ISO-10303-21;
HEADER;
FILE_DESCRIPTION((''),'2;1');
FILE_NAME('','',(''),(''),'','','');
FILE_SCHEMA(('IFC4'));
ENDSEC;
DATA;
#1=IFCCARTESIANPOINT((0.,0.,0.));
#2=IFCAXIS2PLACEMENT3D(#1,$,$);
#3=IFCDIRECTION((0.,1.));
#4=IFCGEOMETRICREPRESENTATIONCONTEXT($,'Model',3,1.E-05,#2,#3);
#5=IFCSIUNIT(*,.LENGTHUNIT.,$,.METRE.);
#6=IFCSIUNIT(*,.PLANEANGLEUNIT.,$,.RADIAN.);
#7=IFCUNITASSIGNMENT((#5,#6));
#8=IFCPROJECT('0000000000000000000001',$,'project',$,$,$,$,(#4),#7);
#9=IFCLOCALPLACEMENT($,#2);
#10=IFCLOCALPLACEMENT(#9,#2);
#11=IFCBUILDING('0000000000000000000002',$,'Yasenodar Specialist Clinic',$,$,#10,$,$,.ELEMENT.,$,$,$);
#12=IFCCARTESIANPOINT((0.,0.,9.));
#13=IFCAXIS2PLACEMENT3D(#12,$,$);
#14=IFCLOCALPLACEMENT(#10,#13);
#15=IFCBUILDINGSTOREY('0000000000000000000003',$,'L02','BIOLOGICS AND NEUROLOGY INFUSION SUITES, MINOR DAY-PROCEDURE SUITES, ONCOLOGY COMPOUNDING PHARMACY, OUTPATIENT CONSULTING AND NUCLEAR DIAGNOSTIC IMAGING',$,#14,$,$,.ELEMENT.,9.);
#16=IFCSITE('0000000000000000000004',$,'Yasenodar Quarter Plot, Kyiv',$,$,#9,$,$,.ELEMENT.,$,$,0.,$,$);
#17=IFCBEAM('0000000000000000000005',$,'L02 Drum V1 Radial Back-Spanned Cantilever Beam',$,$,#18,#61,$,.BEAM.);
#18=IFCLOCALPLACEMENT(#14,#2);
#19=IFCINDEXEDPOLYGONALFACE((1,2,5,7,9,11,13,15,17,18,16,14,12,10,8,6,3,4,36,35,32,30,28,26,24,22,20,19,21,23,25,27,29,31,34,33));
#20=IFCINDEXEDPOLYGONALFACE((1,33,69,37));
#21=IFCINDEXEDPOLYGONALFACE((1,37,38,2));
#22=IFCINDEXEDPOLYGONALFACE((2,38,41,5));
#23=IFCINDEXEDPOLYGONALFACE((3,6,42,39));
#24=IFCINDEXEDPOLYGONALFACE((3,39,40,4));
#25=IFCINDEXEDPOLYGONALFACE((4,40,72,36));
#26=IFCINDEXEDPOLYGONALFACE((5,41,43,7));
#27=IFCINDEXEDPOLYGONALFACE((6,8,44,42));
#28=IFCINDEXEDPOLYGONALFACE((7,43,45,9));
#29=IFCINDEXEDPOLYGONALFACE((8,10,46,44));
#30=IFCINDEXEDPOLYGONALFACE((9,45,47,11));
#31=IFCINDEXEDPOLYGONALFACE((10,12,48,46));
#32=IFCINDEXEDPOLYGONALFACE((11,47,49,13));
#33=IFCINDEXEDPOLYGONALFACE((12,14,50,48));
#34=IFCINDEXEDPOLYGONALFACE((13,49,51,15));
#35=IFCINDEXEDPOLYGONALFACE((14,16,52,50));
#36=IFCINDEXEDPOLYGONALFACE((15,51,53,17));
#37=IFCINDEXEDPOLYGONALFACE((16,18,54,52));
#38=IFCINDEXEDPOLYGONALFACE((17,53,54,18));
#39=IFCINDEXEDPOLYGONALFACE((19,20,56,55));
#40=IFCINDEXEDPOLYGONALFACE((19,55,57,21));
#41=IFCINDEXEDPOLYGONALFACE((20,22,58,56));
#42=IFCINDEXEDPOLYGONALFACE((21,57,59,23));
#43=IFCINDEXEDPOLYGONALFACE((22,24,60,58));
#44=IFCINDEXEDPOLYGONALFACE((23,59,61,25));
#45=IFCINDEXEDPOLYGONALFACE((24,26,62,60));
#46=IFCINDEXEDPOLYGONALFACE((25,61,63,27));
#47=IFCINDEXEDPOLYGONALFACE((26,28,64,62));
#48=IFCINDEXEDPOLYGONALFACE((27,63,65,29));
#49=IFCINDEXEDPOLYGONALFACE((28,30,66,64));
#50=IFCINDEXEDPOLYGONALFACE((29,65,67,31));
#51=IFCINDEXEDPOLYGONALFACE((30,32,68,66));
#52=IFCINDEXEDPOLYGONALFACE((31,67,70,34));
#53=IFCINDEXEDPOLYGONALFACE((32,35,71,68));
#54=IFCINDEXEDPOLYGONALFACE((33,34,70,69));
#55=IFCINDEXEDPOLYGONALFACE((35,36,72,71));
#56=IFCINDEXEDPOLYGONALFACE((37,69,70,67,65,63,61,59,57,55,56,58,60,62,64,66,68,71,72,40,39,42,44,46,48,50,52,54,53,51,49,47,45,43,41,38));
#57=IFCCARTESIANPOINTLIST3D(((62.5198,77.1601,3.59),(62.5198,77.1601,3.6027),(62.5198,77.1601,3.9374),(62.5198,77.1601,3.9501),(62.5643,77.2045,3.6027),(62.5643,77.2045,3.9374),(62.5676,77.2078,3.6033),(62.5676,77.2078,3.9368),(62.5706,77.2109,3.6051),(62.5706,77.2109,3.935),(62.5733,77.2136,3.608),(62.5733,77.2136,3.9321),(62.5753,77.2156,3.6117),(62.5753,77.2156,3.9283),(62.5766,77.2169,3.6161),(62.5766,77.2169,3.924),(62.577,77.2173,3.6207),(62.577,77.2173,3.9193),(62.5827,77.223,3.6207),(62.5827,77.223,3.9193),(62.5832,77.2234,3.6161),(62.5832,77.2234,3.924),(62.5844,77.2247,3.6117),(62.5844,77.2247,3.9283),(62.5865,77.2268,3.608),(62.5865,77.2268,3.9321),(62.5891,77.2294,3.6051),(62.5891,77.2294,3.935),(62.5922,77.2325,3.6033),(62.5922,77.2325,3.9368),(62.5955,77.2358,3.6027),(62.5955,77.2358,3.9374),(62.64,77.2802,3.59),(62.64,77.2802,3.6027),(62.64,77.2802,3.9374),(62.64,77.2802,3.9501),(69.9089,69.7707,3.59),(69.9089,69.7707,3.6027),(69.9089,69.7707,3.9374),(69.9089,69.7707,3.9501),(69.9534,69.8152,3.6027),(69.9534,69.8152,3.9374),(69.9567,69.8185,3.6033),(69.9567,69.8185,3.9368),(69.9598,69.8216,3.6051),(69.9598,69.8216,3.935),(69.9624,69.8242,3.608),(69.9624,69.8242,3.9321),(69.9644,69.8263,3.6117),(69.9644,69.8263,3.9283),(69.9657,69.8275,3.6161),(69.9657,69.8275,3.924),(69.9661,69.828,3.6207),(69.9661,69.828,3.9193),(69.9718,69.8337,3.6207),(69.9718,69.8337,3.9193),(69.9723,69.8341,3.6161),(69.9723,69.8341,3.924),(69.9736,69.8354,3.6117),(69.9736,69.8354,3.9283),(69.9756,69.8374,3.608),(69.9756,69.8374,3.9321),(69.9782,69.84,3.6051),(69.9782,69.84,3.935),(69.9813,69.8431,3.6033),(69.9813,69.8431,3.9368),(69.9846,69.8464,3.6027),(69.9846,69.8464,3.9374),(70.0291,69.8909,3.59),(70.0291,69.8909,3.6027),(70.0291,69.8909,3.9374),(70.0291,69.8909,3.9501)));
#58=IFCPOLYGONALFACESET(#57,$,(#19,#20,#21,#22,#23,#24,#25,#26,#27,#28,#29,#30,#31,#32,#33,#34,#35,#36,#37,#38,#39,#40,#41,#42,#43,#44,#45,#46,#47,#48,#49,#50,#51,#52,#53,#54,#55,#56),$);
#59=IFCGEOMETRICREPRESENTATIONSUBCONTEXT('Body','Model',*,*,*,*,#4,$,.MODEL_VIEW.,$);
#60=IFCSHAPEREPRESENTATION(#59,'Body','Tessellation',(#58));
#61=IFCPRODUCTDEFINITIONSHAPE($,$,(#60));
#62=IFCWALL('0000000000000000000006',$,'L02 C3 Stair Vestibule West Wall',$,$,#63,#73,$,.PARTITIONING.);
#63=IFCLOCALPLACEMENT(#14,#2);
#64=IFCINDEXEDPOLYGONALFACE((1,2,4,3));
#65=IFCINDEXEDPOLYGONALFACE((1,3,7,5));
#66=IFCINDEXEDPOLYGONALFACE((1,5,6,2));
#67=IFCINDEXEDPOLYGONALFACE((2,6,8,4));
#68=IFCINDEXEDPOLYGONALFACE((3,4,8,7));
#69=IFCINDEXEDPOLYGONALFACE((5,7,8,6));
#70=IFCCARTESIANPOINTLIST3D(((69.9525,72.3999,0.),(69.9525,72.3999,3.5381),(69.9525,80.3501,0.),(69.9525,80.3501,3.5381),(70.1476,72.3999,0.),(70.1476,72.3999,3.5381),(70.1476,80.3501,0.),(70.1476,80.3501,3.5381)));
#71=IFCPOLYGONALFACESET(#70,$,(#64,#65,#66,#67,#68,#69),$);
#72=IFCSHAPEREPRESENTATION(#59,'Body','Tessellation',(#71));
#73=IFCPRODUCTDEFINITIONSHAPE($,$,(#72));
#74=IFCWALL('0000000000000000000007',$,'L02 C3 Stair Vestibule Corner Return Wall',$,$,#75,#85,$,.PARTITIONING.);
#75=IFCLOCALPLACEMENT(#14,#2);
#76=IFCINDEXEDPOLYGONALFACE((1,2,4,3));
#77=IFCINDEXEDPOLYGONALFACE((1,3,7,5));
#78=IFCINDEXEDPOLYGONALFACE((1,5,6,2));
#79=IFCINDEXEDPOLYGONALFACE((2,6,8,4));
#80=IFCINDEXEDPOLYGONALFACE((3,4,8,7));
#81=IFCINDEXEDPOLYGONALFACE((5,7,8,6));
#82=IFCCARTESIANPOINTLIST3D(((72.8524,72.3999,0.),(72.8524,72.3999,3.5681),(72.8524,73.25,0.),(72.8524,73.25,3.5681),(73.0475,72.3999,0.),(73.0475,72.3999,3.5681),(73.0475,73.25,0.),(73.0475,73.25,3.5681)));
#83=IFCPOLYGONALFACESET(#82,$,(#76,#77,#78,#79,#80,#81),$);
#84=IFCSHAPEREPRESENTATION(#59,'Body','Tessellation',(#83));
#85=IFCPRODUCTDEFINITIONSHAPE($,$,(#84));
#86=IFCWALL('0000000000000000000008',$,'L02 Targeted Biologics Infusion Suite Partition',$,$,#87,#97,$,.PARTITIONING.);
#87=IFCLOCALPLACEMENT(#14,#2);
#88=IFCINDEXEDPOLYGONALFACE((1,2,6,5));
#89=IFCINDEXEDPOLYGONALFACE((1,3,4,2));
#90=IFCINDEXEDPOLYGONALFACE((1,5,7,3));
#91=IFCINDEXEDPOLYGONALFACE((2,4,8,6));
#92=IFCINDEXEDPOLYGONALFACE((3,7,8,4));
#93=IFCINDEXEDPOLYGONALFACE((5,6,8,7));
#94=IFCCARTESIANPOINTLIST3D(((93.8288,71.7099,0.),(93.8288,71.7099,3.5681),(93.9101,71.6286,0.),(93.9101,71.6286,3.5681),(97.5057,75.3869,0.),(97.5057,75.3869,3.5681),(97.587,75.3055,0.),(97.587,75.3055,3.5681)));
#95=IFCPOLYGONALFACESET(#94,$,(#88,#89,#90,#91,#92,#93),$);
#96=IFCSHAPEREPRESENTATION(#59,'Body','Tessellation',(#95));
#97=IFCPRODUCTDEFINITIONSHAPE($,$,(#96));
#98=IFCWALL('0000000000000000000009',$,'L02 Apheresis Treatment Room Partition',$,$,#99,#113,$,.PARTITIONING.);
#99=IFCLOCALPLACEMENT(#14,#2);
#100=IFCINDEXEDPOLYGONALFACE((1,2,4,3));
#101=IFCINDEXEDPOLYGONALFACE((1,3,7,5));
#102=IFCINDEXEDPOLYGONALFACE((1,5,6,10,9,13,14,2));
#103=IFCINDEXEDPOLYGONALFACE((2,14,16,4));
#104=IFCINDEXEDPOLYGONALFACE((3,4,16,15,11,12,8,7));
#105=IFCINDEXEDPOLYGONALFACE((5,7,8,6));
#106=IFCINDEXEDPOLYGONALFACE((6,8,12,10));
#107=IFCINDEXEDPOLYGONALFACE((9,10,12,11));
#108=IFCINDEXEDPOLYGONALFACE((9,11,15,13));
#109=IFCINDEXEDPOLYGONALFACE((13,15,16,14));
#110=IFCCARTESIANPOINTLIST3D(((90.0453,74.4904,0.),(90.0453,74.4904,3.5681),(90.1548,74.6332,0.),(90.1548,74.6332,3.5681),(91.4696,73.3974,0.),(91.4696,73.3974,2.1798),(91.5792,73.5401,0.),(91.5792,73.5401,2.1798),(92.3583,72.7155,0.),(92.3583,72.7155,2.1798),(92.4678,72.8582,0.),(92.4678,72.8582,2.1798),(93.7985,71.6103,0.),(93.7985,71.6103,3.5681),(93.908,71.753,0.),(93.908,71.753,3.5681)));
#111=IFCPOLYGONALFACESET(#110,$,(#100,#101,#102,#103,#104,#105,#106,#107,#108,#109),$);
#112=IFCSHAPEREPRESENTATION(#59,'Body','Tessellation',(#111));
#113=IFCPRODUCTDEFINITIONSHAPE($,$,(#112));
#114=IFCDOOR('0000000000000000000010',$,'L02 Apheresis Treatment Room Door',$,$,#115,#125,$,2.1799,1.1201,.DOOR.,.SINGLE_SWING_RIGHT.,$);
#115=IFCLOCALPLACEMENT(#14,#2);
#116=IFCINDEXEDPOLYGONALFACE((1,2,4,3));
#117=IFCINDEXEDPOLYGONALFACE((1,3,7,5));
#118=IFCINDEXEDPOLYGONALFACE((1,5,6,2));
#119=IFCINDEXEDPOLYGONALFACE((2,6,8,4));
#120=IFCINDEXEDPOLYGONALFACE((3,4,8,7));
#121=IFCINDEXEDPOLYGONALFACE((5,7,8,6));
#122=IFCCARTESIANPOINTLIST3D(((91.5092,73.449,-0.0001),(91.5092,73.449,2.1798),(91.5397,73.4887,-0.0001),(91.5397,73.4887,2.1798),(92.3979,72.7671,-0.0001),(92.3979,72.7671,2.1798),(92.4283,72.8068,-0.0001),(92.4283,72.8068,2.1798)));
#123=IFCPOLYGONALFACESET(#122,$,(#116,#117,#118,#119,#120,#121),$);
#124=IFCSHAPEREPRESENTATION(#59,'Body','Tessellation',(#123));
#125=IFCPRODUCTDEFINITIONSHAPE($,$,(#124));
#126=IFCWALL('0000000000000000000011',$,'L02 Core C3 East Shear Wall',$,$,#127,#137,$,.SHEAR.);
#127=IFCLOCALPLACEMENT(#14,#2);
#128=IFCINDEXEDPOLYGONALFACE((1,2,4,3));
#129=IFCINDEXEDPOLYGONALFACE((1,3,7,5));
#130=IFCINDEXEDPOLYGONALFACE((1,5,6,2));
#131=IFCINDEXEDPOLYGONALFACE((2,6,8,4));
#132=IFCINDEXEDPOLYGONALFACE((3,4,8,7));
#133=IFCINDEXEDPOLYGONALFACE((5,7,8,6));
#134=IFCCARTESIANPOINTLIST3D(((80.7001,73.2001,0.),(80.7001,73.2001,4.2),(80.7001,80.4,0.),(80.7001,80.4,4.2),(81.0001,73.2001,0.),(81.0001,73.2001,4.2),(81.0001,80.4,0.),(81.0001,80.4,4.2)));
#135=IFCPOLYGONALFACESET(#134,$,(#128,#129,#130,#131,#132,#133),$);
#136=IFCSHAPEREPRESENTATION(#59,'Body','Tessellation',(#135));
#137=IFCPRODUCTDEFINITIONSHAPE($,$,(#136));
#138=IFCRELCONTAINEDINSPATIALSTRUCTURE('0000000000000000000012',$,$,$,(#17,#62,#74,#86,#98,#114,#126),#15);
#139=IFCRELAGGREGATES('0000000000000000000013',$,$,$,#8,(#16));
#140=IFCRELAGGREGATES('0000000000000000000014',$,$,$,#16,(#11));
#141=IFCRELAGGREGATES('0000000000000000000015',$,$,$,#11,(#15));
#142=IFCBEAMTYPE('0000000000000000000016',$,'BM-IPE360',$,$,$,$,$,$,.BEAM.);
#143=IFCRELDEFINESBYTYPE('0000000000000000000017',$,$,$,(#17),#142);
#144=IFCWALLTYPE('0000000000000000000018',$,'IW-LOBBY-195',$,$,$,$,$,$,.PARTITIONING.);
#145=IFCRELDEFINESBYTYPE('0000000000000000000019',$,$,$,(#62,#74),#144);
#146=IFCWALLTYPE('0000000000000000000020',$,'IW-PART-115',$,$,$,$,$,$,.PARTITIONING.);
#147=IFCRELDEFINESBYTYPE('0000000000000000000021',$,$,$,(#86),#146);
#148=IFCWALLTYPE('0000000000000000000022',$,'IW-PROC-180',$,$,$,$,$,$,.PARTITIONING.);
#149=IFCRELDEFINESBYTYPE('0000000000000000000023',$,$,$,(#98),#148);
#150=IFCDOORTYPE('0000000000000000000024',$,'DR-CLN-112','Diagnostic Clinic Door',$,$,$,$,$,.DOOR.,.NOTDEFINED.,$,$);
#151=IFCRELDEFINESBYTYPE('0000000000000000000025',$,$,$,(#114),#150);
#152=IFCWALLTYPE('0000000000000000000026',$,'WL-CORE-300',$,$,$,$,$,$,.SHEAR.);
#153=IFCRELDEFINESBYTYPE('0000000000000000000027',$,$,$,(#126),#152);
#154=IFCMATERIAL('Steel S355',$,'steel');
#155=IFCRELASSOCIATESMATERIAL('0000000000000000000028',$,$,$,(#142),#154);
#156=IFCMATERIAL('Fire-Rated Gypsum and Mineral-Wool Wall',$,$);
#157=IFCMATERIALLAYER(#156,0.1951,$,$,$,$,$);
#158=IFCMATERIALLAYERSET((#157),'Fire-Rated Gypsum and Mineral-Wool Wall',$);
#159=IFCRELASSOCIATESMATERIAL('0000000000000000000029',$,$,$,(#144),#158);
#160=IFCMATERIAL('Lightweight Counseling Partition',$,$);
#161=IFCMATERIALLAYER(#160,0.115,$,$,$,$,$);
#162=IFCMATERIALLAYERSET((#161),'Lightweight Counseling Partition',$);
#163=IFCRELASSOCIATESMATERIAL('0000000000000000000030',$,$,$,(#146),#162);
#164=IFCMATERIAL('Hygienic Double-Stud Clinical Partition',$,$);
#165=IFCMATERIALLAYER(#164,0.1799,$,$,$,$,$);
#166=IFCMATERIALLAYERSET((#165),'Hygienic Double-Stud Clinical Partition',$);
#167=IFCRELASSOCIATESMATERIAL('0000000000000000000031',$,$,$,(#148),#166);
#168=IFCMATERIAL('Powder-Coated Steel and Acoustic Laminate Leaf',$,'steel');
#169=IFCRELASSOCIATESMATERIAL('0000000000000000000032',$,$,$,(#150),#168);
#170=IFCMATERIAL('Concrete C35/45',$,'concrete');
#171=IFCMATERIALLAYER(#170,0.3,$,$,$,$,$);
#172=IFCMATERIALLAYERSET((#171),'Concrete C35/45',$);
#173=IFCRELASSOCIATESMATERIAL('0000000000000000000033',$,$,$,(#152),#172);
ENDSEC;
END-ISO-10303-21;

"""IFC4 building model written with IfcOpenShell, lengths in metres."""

from ifc_helpers import new_model, si_unit, direction, frame, frame_2d, origin, origin_2d, place, context, subcontext, project, spatial, rectangle, i_section, extrude, material, layer, layer_set, material_profile, profile_set, type_object, element, fill, save


model = new_model("IFC4")

# Units and contexts
model_context = context("Model", 3, precision=1e-05, world=origin(), true_north=direction((0.0, 1.0)))
body_context = subcontext(model_context, "Body", "Model", "MODEL_VIEW")
ifc_project = project(units=[si_unit("LENGTHUNIT", "METRE"), si_unit("PLANEANGLEUNIT", "RADIAN")], contexts=[model_context])

# Site, building, storey
site_placement = place(None, origin())
site = spatial("IfcSite", under=ifc_project, at=site_placement, Name="Yasenodar Quarter Plot, Kyiv", CompositionType="ELEMENT", RefElevation=0.0)
building_placement = place(site_placement, origin())
building = spatial("IfcBuilding", under=site, at=building_placement, Name="Yasenodar Specialist Clinic", CompositionType="ELEMENT")
storey_placement = place(building_placement, frame((0.0, 0.0, 9.0)))
storey = spatial("IfcBuildingStorey", under=building, at=storey_placement, Name="L02", Description="BIOLOGICS AND NEUROLOGY INFUSION SUITES, MINOR DAY-PROCEDURE SUITES, ONCOLOGY COMPOUNDING PHARMACY, OUTPATIENT CONSULTING AND NUCLEAR DIAGNOSTIC IMAGING", CompositionType="ELEMENT", Elevation=9.0)

# Shared definitions
ifc_material_1 = material(Name="Steel S355", Category="steel")

# Beam
ifc_material_profile_1 = material_profile(ifc_material_1, i_section(OverallWidth=0.1699, OverallDepth=0.3601, WebThickness=0.0081, FlangeThickness=0.0127, FilletRadius=0.0181, at=origin_2d()), Name="IPE 360")
ifc_profile_set_1 = profile_set([ifc_material_profile_1], Name="Steel S355")
beam_type_1 = type_object("IfcBeamType", Name="BM-IPE360", PredefinedType="BEAM", material=ifc_profile_set_1)
for number, where, z_axis, x_axis, name in (
    (1, (69.969, 69.8308, 3.77), (-0.707095, 0.707118, 0.0), (-0.707118, -0.707095, 0.0), "L02 Drum V1 Radial Back-Spanned Cantilever Beam"),
):
    element("IfcBeam", number, at=place(storey_placement, frame(where, z_axis=z_axis, x_axis=x_axis)), inside=storey, type_object=beam_type_1, Name=name, PredefinedType="BEAM", context=body_context, shape_type="SweptSolid", body=[
        extrude(i_section(OverallWidth=0.1699, OverallDepth=0.3601, WebThickness=0.0081, FlangeThickness=0.0127, FilletRadius=0.0181, at=origin_2d()), origin(), (0.0, 0.0, 1.0), 10.45),
    ])

# Wall
ifc_material_2 = material(Name="Fire-Rated Gypsum and Mineral-Wool Wall")
ifc_layer_1 = layer(ifc_material_2, 0.1951)
ifc_layer_set_1 = layer_set([ifc_layer_1], Name="Fire-Rated Gypsum and Mineral-Wool Wall")
wall_type_1 = type_object("IfcWallType", Name="IW-LOBBY-195", PredefinedType="PARTITIONING", material=ifc_layer_set_1)
wall_1_placement = place(storey_placement, frame((70.05, 72.3999, 0.0), z_axis=(0.0, 0.0, 1.0), x_axis=(0.0, 1.0, 0.0)))
element("IfcWall", 2, at=wall_1_placement, inside=storey, type_object=wall_type_1, Name="L02 C3 Stair Vestibule West Wall", PredefinedType="PARTITIONING", context=body_context, shape_type="SweptSolid", body=[
    extrude(rectangle(XDim=7.9502, YDim=0.1951, at=frame_2d((3.9751, 0.0))), origin(), (0.0, 0.0, 1.0), 3.5381),
])

# Walls
wall_2_placement = place(storey_placement, frame((72.95, 72.3999, 0.0), z_axis=(0.0, 0.0, 1.0), x_axis=(0.0, 1.0, 0.0)))
element("IfcWall", 3, at=wall_2_placement, inside=storey, type_object=wall_type_1, Name="L02 C3 Stair Vestibule Corner Return Wall", PredefinedType="PARTITIONING", context=body_context, shape_type="SweptSolid", body=[
    extrude(rectangle(XDim=0.8501, YDim=0.1951, at=frame_2d((0.425, 0.0))), origin(), (0.0, 0.0, 1.0), 3.5681),
])
ifc_material_3 = material(Name="Lightweight Counseling Partition")
ifc_layer_2 = layer(ifc_material_3, 0.115)
ifc_layer_set_2 = layer_set([ifc_layer_2], Name="Lightweight Counseling Partition")
wall_type_2 = type_object("IfcWallType", Name="IW-PART-115", PredefinedType="PARTITIONING", material=ifc_layer_set_2)
wall_3_placement = place(storey_placement, frame((93.8694, 71.6692, 0.0), z_axis=(0.0, 0.0, 1.0), x_axis=(0.707107, 0.707107, 0.0)))
element("IfcWall", 4, at=wall_3_placement, inside=storey, type_object=wall_type_2, Name="L02 Targeted Biologics Infusion Suite Partition", PredefinedType="PARTITIONING", context=body_context, shape_type="SweptSolid", body=[
    extrude(rectangle(XDim=5.2, YDim=0.115, at=frame_2d((2.6001, 0.0))), origin(), (0.0, 0.0, 1.0), 3.5681),
])

# Wall, opening, door
ifc_material_4 = material(Name="Hygienic Double-Stud Clinical Partition")
ifc_layer_3 = layer(ifc_material_4, 0.1799)
ifc_layer_set_3 = layer_set([ifc_layer_3], Name="Hygienic Double-Stud Clinical Partition")
wall_type_3 = type_object("IfcWallType", Name="IW-PROC-180", PredefinedType="PARTITIONING", material=ifc_layer_set_3)
wall_4_placement = place(storey_placement, frame((93.8533, 71.6816, 0.0), z_axis=(0.0, 0.0, 1.0), x_axis=(-0.793331, 0.60879, 0.0)))
wall_4 = element("IfcWall", 5, at=wall_4_placement, inside=storey, type_object=wall_type_3, Name="L02 Apheresis Treatment Room Partition", PredefinedType="PARTITIONING", context=body_context, shape_type="SweptSolid", body=[
    extrude(rectangle(XDim=4.731, YDim=0.1799, at=frame_2d((2.3655, 0.0))), origin(), (0.0, 0.0, 1.0), 3.5681),
])
opening_1_placement = place(wall_4_placement, frame((1.8154, 0.0, 0.0)))
opening_1 = element("IfcOpeningElement", 6, at=opening_1_placement, cuts=wall_4, PredefinedType="OPENING", context=body_context, shape_type="SweptSolid", body=[
    extrude(rectangle(XDim=1.1201, YDim=2.1799, at=frame_2d((0.5601, 1.0898))), frame((0.0, 0.1001, 0.0), z_axis=(0.0, -1.0, 0.0), x_axis=(1.0, 0.0, 0.0)), (0.0, 0.0, 1.0), 0.2),
])
ifc_material_5 = material(Name="Powder-Coated Steel and Acoustic Laminate Leaf", Category="steel")
door_type_1 = type_object("IfcDoorType", Name="DR-CLN-112", Description="Diagnostic Clinic Door", OperationType="NOTDEFINED", PredefinedType="DOOR", material=ifc_material_5)
door_1_placement = place(opening_1_placement, origin())
door_1 = element("IfcDoor", 7, at=door_1_placement, inside=storey, type_object=door_type_1, Name="L02 Apheresis Treatment Room Door", OperationType="SINGLE_SWING_RIGHT", OverallHeight=2.1799, OverallWidth=1.1201, PredefinedType="DOOR", context=body_context, shape_type="SweptSolid", body=[
    extrude(rectangle(XDim=1.1201, YDim=2.1799, at=frame_2d((0.5601, 1.0898))), frame((0.0, 0.0249, 0.0), z_axis=(0.0, -1.0, 0.0), x_axis=(1.0, 0.0, 0.0)), (0.0, 0.0, 1.0), 0.05),
])
fill(opening_1, door_1)
ifc_material_6 = material(Name="Concrete C35/45", Category="concrete")
ifc_layer_4 = layer(ifc_material_6, 0.3)
ifc_layer_set_4 = layer_set([ifc_layer_4], Name="Concrete C35/45")
wall_type_4 = type_object("IfcWallType", Name="WL-CORE-300", PredefinedType="SHEAR", material=ifc_layer_set_4)

# Wall
wall_5_placement = place(storey_placement, frame((80.8501, 73.2, 0.0), z_axis=(0.0, 0.0, 1.0), x_axis=(0.0, 1.0, 0.0)))
element("IfcWall", 8, at=wall_5_placement, inside=storey, type_object=wall_type_4, Name="L02 Core C3 East Shear Wall", PredefinedType="SHEAR", context=body_context, shape_type="SweptSolid", body=[
    extrude(rectangle(XDim=7.2, YDim=0.3, at=frame_2d((3.6001, 0.0))), origin(), (0.0, 0.0, 1.0), 4.2),
])

save(model, "model.ifc")
